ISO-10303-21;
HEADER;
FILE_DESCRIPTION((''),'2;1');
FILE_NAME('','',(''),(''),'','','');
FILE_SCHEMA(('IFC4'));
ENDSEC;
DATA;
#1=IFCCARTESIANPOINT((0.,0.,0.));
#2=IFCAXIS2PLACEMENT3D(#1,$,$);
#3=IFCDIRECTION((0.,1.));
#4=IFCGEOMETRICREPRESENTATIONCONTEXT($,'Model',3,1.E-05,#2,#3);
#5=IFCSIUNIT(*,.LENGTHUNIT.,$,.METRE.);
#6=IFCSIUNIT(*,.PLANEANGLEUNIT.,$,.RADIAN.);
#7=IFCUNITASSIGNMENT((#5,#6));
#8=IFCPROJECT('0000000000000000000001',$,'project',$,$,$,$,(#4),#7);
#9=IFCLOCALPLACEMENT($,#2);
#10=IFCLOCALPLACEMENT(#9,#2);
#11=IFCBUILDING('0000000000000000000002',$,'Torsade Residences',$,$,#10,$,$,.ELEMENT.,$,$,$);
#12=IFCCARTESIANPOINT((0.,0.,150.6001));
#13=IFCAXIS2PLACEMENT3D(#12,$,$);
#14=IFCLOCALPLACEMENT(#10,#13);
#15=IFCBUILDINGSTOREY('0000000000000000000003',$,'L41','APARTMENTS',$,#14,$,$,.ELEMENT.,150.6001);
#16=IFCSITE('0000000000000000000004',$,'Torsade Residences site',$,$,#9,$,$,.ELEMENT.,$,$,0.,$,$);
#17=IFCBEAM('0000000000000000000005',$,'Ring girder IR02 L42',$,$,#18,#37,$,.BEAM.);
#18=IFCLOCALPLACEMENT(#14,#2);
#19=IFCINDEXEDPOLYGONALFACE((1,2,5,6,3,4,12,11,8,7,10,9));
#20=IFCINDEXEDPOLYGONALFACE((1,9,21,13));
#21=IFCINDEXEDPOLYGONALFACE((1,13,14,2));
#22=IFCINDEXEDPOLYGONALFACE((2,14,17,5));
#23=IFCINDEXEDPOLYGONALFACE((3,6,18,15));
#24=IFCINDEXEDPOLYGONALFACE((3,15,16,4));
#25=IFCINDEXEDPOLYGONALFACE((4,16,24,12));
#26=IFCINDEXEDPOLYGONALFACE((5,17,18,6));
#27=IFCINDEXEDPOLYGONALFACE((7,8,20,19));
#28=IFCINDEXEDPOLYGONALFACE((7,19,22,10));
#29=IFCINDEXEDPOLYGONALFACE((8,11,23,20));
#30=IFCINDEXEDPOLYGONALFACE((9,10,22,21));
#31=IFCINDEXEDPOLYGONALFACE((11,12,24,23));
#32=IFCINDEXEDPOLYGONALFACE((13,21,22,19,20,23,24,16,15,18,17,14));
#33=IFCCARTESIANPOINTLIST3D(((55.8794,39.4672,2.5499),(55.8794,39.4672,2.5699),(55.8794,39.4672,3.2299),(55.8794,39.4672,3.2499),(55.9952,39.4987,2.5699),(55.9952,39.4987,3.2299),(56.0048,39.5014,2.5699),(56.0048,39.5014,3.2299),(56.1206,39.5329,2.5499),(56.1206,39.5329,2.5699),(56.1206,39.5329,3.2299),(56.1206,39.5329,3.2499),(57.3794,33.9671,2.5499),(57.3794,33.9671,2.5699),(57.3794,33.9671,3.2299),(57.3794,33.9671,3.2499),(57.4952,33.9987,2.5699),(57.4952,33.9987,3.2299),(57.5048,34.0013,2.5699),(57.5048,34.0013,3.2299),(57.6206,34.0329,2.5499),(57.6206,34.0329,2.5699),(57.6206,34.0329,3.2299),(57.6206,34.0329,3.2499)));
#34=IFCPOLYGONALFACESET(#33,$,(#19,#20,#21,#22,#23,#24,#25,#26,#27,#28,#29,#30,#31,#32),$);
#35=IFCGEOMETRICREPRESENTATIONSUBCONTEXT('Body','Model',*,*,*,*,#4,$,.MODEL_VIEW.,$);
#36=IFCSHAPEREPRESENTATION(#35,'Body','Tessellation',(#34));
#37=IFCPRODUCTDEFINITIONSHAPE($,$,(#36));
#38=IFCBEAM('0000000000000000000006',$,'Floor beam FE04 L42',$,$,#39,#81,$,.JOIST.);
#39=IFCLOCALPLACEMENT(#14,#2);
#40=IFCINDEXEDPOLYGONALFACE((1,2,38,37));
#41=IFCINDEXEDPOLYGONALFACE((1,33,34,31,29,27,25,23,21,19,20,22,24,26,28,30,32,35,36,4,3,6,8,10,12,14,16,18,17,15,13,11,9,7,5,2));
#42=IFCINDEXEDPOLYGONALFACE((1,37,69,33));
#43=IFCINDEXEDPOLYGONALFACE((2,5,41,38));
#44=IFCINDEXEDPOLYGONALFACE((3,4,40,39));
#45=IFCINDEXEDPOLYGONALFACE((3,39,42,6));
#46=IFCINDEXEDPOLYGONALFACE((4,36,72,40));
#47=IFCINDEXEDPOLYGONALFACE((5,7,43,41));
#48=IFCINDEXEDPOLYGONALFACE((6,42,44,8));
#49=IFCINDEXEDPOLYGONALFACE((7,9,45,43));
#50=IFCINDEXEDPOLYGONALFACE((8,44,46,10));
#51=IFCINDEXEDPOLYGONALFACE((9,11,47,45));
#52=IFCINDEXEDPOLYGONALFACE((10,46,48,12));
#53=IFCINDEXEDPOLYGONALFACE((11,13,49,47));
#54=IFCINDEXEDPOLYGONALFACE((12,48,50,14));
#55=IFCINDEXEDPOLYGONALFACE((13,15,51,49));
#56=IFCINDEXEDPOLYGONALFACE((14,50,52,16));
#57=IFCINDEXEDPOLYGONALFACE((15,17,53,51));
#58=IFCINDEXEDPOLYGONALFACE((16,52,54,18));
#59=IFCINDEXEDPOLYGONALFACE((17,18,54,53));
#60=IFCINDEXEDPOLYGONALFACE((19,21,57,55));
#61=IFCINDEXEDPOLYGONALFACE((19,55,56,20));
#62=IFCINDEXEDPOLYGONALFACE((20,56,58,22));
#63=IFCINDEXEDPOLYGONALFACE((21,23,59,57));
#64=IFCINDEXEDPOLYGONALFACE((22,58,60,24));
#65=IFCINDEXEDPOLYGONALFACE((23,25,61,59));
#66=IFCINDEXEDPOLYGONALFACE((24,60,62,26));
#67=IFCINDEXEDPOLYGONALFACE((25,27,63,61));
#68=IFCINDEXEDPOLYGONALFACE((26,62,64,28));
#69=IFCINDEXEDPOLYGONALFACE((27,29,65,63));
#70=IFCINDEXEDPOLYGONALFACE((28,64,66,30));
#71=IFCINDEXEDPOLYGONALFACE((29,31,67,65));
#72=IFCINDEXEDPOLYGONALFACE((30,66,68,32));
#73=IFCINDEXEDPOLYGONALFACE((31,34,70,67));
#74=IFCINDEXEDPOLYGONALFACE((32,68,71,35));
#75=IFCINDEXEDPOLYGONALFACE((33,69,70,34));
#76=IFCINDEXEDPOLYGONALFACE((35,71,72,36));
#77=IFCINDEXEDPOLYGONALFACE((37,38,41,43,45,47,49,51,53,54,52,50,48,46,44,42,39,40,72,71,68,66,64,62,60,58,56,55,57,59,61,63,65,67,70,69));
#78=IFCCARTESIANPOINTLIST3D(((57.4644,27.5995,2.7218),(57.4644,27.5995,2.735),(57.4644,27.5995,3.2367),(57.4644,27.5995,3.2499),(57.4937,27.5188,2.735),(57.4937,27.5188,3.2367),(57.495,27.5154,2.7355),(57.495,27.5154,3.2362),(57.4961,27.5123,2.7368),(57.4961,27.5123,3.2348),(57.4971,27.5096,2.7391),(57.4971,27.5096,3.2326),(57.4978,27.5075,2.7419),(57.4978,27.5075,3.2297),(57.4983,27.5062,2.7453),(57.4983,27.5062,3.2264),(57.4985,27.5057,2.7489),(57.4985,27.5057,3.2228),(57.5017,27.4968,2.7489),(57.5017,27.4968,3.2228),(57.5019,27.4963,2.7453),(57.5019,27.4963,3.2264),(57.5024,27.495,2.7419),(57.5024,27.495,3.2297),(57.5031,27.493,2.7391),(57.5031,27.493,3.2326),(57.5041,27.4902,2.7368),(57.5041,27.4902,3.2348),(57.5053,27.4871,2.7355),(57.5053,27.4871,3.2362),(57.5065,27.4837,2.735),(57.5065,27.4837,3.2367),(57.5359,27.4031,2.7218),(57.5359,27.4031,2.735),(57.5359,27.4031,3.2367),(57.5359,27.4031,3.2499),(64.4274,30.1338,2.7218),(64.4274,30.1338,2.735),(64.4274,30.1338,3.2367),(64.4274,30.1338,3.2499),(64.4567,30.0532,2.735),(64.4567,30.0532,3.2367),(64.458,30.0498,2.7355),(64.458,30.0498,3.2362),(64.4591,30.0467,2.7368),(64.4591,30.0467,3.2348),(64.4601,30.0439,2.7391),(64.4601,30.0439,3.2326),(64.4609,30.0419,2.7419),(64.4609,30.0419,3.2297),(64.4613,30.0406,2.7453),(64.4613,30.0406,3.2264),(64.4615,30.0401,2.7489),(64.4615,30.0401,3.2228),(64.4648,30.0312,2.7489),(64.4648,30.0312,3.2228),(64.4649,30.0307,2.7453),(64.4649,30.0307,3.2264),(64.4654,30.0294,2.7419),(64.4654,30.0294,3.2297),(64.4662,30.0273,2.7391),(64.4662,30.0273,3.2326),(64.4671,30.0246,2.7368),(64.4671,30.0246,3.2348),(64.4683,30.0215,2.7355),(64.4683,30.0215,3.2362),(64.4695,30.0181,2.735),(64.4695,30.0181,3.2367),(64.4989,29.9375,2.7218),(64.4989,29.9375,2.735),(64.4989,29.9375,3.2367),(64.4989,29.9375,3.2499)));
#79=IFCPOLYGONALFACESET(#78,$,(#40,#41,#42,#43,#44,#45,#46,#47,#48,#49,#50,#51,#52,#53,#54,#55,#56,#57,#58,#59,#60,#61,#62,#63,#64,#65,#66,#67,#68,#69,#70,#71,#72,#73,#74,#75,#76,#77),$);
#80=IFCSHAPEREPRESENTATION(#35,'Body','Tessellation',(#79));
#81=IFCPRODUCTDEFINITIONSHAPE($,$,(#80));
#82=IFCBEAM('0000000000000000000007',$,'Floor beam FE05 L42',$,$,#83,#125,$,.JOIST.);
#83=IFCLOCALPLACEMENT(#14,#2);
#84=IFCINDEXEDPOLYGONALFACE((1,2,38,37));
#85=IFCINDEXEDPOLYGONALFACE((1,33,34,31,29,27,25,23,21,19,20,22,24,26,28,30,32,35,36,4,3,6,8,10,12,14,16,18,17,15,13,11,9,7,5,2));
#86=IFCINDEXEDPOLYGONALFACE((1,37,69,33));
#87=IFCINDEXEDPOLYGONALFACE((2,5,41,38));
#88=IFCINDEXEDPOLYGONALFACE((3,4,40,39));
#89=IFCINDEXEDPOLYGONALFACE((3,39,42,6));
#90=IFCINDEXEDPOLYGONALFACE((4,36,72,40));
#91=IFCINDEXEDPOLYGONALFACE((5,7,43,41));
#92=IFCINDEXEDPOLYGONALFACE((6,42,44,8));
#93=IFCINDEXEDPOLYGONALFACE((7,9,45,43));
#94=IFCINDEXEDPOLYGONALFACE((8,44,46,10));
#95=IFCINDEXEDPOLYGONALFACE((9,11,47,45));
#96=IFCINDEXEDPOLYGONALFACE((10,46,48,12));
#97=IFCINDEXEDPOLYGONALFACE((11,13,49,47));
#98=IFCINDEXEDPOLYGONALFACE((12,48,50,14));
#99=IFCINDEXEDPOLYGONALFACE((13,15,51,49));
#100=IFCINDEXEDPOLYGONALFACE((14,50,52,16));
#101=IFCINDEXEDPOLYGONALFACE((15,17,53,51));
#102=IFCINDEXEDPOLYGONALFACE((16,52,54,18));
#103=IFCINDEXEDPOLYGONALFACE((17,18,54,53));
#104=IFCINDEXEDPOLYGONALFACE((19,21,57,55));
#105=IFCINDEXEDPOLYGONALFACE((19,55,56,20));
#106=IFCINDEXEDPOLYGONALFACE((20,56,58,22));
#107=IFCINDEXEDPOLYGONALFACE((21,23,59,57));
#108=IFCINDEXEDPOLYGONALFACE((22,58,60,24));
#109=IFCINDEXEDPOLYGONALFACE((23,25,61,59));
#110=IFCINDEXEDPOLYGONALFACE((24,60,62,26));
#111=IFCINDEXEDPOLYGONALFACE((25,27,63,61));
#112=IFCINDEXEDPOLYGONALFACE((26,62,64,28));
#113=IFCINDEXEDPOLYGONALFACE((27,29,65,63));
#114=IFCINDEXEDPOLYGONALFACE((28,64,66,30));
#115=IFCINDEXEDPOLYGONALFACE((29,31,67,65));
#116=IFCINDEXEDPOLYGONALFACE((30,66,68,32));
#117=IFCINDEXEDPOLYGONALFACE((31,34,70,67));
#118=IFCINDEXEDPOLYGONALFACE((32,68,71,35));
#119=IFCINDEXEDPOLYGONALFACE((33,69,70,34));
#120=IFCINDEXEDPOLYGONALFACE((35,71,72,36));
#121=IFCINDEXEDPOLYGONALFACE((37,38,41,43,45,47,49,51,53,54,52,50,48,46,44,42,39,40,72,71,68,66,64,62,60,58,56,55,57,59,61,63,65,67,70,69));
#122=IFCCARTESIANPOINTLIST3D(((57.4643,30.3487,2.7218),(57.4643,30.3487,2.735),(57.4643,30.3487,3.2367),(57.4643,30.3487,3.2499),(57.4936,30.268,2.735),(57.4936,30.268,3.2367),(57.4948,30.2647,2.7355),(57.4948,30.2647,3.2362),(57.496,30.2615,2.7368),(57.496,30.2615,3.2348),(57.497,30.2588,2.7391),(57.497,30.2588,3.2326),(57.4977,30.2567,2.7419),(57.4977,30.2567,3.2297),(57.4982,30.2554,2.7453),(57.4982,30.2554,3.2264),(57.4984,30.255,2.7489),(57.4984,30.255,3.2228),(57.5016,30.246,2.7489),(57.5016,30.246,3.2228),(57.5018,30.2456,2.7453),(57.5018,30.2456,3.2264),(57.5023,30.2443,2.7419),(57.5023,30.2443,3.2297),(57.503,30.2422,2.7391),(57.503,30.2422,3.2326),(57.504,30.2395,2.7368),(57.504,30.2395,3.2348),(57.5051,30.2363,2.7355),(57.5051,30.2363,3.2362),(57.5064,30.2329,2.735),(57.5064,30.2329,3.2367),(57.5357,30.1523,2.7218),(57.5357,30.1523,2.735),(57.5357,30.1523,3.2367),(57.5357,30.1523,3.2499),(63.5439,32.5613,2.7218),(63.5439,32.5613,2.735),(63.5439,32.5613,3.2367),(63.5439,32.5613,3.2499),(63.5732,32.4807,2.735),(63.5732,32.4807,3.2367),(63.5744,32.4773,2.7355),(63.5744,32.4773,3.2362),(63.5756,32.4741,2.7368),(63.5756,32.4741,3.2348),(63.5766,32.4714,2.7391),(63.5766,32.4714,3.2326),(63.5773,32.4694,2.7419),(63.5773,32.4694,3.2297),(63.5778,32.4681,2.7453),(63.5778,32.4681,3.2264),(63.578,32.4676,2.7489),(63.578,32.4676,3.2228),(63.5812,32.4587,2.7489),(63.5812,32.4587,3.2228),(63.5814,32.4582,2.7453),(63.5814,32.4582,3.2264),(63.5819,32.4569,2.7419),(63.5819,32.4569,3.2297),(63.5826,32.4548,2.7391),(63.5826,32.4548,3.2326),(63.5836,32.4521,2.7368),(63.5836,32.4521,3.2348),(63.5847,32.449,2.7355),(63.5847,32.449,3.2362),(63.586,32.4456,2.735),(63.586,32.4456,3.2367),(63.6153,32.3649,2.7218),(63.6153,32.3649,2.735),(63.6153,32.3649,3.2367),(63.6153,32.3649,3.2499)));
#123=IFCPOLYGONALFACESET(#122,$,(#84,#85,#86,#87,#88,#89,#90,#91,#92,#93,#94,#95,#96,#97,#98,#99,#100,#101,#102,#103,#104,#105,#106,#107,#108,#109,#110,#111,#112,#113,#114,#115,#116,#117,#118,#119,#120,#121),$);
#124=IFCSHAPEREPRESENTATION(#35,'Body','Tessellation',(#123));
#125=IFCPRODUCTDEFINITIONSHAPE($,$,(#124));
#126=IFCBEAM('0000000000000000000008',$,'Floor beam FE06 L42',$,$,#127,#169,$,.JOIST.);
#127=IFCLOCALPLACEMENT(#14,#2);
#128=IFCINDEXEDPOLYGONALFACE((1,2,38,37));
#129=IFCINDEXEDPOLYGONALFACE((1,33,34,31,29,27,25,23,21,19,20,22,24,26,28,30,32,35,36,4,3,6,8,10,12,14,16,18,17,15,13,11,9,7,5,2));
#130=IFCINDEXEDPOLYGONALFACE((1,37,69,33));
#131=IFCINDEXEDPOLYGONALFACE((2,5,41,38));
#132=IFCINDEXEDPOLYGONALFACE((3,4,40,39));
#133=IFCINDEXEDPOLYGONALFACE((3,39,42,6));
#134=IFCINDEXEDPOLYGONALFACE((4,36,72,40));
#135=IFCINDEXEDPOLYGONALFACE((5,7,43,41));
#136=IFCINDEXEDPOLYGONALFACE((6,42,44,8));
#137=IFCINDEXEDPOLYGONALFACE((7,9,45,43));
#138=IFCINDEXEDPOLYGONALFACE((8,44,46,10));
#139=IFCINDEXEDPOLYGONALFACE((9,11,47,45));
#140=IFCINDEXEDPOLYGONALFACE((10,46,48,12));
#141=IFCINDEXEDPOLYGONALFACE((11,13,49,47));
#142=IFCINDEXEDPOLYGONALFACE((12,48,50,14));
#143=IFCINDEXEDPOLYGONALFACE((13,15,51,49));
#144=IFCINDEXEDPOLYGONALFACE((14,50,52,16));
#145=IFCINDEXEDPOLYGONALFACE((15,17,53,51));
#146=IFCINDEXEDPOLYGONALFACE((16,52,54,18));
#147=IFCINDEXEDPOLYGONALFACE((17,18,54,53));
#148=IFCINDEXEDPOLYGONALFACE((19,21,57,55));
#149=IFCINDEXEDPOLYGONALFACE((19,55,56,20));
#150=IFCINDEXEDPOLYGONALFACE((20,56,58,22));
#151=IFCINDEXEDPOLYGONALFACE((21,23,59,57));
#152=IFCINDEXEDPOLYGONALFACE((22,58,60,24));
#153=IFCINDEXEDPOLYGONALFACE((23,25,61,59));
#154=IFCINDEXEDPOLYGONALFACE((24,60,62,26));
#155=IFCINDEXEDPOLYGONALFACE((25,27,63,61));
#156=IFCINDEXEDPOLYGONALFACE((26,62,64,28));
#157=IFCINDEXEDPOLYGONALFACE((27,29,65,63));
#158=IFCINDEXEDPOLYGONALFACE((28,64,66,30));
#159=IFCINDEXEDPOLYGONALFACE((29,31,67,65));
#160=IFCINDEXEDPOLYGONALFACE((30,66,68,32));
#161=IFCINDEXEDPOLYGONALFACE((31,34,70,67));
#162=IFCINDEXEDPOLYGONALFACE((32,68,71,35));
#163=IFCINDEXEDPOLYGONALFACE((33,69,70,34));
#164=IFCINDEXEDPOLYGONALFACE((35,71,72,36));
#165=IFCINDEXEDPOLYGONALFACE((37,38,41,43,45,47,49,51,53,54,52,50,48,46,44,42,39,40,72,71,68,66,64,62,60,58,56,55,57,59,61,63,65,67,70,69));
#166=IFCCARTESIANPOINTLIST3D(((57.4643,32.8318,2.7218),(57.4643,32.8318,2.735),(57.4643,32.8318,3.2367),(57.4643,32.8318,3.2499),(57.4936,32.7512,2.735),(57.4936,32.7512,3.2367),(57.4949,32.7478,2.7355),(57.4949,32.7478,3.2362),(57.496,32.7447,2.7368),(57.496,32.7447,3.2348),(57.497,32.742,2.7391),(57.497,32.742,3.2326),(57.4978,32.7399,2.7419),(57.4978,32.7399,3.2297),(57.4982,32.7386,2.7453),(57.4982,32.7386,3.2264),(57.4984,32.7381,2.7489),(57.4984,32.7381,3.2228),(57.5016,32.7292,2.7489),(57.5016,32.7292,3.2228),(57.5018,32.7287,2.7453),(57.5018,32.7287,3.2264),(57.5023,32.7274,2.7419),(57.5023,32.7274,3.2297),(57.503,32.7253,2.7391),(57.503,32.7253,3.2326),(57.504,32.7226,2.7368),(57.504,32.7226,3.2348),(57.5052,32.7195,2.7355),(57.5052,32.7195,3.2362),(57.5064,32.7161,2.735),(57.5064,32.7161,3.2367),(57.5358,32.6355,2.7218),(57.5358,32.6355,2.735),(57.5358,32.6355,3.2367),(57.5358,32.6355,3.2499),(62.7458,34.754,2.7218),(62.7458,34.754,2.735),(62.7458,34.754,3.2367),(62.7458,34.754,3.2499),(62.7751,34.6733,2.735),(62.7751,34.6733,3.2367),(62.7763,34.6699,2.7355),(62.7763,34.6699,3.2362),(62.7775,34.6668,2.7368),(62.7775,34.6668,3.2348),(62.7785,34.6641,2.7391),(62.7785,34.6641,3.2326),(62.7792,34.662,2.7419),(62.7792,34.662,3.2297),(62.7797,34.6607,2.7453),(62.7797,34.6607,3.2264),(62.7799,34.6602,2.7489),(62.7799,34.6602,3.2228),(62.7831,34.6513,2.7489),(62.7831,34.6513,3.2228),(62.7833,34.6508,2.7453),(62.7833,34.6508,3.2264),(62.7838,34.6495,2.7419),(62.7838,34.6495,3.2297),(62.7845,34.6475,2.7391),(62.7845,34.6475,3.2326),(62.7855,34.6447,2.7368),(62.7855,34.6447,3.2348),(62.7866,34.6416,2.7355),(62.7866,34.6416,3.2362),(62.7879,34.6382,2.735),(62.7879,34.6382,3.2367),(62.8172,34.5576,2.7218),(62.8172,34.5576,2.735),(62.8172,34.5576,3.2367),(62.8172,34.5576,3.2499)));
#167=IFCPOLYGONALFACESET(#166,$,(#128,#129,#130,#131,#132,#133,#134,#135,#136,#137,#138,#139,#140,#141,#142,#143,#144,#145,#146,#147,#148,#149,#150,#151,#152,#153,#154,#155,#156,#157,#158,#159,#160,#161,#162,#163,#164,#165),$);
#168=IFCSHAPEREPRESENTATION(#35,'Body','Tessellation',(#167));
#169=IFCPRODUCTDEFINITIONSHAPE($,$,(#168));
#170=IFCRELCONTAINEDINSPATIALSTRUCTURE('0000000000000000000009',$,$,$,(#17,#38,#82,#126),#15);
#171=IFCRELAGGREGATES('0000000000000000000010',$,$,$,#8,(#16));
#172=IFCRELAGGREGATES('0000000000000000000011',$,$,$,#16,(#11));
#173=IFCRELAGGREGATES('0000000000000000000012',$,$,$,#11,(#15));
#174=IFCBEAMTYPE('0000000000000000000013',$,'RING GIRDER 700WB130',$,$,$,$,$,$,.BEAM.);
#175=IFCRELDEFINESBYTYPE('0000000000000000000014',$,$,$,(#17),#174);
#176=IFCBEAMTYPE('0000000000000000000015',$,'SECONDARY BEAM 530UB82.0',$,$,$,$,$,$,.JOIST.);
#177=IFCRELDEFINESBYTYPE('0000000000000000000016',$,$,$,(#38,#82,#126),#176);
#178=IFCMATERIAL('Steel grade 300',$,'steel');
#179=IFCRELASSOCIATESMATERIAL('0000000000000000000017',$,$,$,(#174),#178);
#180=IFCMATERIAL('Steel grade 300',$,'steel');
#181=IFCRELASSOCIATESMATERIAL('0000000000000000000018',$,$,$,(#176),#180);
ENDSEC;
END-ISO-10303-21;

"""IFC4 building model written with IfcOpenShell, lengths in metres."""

from ifc_helpers import new_model, si_unit, direction, frame, origin, origin_2d, place, context, subcontext, project, spatial, i_section, extrude, material, material_profile, profile_set, type_object, element, save


model = new_model("IFC4")

# Units and contexts
model_context = context("Model", 3, precision=1e-05, world=origin(), true_north=direction((0.0, 1.0)))
body_context = subcontext(model_context, "Body", "Model", "MODEL_VIEW")
ifc_project = project(units=[si_unit("LENGTHUNIT", "METRE"), si_unit("PLANEANGLEUNIT", "RADIAN")], contexts=[model_context])

# Site, building, storey
site_placement = place(None, origin())
site = spatial("IfcSite", under=ifc_project, at=site_placement, Name="Torsade Residences site", CompositionType="ELEMENT", RefElevation=0.0)
building_placement = place(site_placement, origin())
building = spatial("IfcBuilding", under=site, at=building_placement, Name="Torsade Residences", CompositionType="ELEMENT")
storey_placement = place(building_placement, frame((0.0, 0.0, 150.6001)))
storey = spatial("IfcBuildingStorey", under=building, at=storey_placement, Name="L41", Description="APARTMENTS", CompositionType="ELEMENT", Elevation=150.6001)

# Beams
ifc_material_1 = material(Name="Steel grade 300", Category="steel")
ifc_material_profile_1 = material_profile(ifc_material_1, i_section(OverallWidth=0.25, OverallDepth=0.7, WebThickness=0.01, FlangeThickness=0.02, at=origin_2d()), Name="700WB130")
ifc_profile_set_1 = profile_set([ifc_material_profile_1], Name="Steel grade 300")
beam_type_1 = type_object("IfcBeamType", Name="RING GIRDER 700WB130", PredefinedType="BEAM", material=ifc_profile_set_1)
beam_1_placement = place(storey_placement, frame((57.5, 34.0, 2.8999), z_axis=(-0.263117, 0.964764, 0.0), x_axis=(-0.964764, -0.263117, 0.0)))
element("IfcBeam", 1, at=beam_1_placement, inside=storey, type_object=beam_type_1, Name="Ring girder IR02 L42", PredefinedType="BEAM", context=body_context, shape_type="SweptSolid", body=[
    extrude(i_section(OverallWidth=0.25, OverallDepth=0.7, WebThickness=0.01, FlangeThickness=0.02, at=origin_2d()), origin(), (0.0, 0.0, 1.0), 5.7009),
])
ifc_material_2 = material(Name="Steel grade 300", Category="steel")
ifc_material_profile_2 = material_profile(ifc_material_2, i_section(OverallWidth=0.209, OverallDepth=0.5281, WebThickness=0.0095, FlangeThickness=0.0132, FilletRadius=0.0139, at=origin_2d()), Name="530UB82.0")
ifc_profile_set_2 = profile_set([ifc_material_profile_2], Name="Steel grade 300")
beam_type_2 = type_object("IfcBeamType", Name="SECONDARY BEAM 530UB82.0", PredefinedType="JOIST", material=ifc_profile_set_2)
beam_2_placement = place(storey_placement, frame((64.4631, 30.0356, 2.9858), z_axis=(-0.93969, -0.342026, 0.0), x_axis=(0.342026, -0.93969, 0.0)))
element("IfcBeam", 2, at=beam_2_placement, inside=storey, type_object=beam_type_2, Name="Floor beam FE04 L42", PredefinedType="JOIST", context=body_context, shape_type="SweptSolid", body=[
    extrude(i_section(OverallWidth=0.209, OverallDepth=0.5281, WebThickness=0.0095, FlangeThickness=0.0132, FilletRadius=0.0139, at=origin_2d()), origin(), (0.0, 0.0, 1.0), 7.4099),
])
beam_3_placement = place(storey_placement, frame((63.5796, 32.4631, 2.9858), z_axis=(-0.9397, -0.342001, 0.0), x_axis=(0.342001, -0.9397, 0.0)))
element("IfcBeam", 3, at=beam_3_placement, inside=storey, type_object=beam_type_2, Name="Floor beam FE05 L42", PredefinedType="JOIST", context=body_context, shape_type="SweptSolid", body=[
    extrude(i_section(OverallWidth=0.209, OverallDepth=0.5281, WebThickness=0.0095, FlangeThickness=0.0132, FilletRadius=0.0139, at=origin_2d()), origin(), (0.0, 0.0, 1.0), 6.4697),
])
beam_4_placement = place(storey_placement, frame((62.7815, 34.6558, 2.9858), z_axis=(-0.939703, -0.341991, 0.0), x_axis=(0.341991, -0.939703, 0.0)))
element("IfcBeam", 4, at=beam_4_placement, inside=storey, type_object=beam_type_2, Name="Floor beam FE06 L42", PredefinedType="JOIST", context=body_context, shape_type="SweptSolid", body=[
    extrude(i_section(OverallWidth=0.209, OverallDepth=0.5281, WebThickness=0.0095, FlangeThickness=0.0132, FilletRadius=0.0139, at=origin_2d()), origin(), (0.0, 0.0, 1.0), 5.6204),
])

save(model, "model.ifc")
